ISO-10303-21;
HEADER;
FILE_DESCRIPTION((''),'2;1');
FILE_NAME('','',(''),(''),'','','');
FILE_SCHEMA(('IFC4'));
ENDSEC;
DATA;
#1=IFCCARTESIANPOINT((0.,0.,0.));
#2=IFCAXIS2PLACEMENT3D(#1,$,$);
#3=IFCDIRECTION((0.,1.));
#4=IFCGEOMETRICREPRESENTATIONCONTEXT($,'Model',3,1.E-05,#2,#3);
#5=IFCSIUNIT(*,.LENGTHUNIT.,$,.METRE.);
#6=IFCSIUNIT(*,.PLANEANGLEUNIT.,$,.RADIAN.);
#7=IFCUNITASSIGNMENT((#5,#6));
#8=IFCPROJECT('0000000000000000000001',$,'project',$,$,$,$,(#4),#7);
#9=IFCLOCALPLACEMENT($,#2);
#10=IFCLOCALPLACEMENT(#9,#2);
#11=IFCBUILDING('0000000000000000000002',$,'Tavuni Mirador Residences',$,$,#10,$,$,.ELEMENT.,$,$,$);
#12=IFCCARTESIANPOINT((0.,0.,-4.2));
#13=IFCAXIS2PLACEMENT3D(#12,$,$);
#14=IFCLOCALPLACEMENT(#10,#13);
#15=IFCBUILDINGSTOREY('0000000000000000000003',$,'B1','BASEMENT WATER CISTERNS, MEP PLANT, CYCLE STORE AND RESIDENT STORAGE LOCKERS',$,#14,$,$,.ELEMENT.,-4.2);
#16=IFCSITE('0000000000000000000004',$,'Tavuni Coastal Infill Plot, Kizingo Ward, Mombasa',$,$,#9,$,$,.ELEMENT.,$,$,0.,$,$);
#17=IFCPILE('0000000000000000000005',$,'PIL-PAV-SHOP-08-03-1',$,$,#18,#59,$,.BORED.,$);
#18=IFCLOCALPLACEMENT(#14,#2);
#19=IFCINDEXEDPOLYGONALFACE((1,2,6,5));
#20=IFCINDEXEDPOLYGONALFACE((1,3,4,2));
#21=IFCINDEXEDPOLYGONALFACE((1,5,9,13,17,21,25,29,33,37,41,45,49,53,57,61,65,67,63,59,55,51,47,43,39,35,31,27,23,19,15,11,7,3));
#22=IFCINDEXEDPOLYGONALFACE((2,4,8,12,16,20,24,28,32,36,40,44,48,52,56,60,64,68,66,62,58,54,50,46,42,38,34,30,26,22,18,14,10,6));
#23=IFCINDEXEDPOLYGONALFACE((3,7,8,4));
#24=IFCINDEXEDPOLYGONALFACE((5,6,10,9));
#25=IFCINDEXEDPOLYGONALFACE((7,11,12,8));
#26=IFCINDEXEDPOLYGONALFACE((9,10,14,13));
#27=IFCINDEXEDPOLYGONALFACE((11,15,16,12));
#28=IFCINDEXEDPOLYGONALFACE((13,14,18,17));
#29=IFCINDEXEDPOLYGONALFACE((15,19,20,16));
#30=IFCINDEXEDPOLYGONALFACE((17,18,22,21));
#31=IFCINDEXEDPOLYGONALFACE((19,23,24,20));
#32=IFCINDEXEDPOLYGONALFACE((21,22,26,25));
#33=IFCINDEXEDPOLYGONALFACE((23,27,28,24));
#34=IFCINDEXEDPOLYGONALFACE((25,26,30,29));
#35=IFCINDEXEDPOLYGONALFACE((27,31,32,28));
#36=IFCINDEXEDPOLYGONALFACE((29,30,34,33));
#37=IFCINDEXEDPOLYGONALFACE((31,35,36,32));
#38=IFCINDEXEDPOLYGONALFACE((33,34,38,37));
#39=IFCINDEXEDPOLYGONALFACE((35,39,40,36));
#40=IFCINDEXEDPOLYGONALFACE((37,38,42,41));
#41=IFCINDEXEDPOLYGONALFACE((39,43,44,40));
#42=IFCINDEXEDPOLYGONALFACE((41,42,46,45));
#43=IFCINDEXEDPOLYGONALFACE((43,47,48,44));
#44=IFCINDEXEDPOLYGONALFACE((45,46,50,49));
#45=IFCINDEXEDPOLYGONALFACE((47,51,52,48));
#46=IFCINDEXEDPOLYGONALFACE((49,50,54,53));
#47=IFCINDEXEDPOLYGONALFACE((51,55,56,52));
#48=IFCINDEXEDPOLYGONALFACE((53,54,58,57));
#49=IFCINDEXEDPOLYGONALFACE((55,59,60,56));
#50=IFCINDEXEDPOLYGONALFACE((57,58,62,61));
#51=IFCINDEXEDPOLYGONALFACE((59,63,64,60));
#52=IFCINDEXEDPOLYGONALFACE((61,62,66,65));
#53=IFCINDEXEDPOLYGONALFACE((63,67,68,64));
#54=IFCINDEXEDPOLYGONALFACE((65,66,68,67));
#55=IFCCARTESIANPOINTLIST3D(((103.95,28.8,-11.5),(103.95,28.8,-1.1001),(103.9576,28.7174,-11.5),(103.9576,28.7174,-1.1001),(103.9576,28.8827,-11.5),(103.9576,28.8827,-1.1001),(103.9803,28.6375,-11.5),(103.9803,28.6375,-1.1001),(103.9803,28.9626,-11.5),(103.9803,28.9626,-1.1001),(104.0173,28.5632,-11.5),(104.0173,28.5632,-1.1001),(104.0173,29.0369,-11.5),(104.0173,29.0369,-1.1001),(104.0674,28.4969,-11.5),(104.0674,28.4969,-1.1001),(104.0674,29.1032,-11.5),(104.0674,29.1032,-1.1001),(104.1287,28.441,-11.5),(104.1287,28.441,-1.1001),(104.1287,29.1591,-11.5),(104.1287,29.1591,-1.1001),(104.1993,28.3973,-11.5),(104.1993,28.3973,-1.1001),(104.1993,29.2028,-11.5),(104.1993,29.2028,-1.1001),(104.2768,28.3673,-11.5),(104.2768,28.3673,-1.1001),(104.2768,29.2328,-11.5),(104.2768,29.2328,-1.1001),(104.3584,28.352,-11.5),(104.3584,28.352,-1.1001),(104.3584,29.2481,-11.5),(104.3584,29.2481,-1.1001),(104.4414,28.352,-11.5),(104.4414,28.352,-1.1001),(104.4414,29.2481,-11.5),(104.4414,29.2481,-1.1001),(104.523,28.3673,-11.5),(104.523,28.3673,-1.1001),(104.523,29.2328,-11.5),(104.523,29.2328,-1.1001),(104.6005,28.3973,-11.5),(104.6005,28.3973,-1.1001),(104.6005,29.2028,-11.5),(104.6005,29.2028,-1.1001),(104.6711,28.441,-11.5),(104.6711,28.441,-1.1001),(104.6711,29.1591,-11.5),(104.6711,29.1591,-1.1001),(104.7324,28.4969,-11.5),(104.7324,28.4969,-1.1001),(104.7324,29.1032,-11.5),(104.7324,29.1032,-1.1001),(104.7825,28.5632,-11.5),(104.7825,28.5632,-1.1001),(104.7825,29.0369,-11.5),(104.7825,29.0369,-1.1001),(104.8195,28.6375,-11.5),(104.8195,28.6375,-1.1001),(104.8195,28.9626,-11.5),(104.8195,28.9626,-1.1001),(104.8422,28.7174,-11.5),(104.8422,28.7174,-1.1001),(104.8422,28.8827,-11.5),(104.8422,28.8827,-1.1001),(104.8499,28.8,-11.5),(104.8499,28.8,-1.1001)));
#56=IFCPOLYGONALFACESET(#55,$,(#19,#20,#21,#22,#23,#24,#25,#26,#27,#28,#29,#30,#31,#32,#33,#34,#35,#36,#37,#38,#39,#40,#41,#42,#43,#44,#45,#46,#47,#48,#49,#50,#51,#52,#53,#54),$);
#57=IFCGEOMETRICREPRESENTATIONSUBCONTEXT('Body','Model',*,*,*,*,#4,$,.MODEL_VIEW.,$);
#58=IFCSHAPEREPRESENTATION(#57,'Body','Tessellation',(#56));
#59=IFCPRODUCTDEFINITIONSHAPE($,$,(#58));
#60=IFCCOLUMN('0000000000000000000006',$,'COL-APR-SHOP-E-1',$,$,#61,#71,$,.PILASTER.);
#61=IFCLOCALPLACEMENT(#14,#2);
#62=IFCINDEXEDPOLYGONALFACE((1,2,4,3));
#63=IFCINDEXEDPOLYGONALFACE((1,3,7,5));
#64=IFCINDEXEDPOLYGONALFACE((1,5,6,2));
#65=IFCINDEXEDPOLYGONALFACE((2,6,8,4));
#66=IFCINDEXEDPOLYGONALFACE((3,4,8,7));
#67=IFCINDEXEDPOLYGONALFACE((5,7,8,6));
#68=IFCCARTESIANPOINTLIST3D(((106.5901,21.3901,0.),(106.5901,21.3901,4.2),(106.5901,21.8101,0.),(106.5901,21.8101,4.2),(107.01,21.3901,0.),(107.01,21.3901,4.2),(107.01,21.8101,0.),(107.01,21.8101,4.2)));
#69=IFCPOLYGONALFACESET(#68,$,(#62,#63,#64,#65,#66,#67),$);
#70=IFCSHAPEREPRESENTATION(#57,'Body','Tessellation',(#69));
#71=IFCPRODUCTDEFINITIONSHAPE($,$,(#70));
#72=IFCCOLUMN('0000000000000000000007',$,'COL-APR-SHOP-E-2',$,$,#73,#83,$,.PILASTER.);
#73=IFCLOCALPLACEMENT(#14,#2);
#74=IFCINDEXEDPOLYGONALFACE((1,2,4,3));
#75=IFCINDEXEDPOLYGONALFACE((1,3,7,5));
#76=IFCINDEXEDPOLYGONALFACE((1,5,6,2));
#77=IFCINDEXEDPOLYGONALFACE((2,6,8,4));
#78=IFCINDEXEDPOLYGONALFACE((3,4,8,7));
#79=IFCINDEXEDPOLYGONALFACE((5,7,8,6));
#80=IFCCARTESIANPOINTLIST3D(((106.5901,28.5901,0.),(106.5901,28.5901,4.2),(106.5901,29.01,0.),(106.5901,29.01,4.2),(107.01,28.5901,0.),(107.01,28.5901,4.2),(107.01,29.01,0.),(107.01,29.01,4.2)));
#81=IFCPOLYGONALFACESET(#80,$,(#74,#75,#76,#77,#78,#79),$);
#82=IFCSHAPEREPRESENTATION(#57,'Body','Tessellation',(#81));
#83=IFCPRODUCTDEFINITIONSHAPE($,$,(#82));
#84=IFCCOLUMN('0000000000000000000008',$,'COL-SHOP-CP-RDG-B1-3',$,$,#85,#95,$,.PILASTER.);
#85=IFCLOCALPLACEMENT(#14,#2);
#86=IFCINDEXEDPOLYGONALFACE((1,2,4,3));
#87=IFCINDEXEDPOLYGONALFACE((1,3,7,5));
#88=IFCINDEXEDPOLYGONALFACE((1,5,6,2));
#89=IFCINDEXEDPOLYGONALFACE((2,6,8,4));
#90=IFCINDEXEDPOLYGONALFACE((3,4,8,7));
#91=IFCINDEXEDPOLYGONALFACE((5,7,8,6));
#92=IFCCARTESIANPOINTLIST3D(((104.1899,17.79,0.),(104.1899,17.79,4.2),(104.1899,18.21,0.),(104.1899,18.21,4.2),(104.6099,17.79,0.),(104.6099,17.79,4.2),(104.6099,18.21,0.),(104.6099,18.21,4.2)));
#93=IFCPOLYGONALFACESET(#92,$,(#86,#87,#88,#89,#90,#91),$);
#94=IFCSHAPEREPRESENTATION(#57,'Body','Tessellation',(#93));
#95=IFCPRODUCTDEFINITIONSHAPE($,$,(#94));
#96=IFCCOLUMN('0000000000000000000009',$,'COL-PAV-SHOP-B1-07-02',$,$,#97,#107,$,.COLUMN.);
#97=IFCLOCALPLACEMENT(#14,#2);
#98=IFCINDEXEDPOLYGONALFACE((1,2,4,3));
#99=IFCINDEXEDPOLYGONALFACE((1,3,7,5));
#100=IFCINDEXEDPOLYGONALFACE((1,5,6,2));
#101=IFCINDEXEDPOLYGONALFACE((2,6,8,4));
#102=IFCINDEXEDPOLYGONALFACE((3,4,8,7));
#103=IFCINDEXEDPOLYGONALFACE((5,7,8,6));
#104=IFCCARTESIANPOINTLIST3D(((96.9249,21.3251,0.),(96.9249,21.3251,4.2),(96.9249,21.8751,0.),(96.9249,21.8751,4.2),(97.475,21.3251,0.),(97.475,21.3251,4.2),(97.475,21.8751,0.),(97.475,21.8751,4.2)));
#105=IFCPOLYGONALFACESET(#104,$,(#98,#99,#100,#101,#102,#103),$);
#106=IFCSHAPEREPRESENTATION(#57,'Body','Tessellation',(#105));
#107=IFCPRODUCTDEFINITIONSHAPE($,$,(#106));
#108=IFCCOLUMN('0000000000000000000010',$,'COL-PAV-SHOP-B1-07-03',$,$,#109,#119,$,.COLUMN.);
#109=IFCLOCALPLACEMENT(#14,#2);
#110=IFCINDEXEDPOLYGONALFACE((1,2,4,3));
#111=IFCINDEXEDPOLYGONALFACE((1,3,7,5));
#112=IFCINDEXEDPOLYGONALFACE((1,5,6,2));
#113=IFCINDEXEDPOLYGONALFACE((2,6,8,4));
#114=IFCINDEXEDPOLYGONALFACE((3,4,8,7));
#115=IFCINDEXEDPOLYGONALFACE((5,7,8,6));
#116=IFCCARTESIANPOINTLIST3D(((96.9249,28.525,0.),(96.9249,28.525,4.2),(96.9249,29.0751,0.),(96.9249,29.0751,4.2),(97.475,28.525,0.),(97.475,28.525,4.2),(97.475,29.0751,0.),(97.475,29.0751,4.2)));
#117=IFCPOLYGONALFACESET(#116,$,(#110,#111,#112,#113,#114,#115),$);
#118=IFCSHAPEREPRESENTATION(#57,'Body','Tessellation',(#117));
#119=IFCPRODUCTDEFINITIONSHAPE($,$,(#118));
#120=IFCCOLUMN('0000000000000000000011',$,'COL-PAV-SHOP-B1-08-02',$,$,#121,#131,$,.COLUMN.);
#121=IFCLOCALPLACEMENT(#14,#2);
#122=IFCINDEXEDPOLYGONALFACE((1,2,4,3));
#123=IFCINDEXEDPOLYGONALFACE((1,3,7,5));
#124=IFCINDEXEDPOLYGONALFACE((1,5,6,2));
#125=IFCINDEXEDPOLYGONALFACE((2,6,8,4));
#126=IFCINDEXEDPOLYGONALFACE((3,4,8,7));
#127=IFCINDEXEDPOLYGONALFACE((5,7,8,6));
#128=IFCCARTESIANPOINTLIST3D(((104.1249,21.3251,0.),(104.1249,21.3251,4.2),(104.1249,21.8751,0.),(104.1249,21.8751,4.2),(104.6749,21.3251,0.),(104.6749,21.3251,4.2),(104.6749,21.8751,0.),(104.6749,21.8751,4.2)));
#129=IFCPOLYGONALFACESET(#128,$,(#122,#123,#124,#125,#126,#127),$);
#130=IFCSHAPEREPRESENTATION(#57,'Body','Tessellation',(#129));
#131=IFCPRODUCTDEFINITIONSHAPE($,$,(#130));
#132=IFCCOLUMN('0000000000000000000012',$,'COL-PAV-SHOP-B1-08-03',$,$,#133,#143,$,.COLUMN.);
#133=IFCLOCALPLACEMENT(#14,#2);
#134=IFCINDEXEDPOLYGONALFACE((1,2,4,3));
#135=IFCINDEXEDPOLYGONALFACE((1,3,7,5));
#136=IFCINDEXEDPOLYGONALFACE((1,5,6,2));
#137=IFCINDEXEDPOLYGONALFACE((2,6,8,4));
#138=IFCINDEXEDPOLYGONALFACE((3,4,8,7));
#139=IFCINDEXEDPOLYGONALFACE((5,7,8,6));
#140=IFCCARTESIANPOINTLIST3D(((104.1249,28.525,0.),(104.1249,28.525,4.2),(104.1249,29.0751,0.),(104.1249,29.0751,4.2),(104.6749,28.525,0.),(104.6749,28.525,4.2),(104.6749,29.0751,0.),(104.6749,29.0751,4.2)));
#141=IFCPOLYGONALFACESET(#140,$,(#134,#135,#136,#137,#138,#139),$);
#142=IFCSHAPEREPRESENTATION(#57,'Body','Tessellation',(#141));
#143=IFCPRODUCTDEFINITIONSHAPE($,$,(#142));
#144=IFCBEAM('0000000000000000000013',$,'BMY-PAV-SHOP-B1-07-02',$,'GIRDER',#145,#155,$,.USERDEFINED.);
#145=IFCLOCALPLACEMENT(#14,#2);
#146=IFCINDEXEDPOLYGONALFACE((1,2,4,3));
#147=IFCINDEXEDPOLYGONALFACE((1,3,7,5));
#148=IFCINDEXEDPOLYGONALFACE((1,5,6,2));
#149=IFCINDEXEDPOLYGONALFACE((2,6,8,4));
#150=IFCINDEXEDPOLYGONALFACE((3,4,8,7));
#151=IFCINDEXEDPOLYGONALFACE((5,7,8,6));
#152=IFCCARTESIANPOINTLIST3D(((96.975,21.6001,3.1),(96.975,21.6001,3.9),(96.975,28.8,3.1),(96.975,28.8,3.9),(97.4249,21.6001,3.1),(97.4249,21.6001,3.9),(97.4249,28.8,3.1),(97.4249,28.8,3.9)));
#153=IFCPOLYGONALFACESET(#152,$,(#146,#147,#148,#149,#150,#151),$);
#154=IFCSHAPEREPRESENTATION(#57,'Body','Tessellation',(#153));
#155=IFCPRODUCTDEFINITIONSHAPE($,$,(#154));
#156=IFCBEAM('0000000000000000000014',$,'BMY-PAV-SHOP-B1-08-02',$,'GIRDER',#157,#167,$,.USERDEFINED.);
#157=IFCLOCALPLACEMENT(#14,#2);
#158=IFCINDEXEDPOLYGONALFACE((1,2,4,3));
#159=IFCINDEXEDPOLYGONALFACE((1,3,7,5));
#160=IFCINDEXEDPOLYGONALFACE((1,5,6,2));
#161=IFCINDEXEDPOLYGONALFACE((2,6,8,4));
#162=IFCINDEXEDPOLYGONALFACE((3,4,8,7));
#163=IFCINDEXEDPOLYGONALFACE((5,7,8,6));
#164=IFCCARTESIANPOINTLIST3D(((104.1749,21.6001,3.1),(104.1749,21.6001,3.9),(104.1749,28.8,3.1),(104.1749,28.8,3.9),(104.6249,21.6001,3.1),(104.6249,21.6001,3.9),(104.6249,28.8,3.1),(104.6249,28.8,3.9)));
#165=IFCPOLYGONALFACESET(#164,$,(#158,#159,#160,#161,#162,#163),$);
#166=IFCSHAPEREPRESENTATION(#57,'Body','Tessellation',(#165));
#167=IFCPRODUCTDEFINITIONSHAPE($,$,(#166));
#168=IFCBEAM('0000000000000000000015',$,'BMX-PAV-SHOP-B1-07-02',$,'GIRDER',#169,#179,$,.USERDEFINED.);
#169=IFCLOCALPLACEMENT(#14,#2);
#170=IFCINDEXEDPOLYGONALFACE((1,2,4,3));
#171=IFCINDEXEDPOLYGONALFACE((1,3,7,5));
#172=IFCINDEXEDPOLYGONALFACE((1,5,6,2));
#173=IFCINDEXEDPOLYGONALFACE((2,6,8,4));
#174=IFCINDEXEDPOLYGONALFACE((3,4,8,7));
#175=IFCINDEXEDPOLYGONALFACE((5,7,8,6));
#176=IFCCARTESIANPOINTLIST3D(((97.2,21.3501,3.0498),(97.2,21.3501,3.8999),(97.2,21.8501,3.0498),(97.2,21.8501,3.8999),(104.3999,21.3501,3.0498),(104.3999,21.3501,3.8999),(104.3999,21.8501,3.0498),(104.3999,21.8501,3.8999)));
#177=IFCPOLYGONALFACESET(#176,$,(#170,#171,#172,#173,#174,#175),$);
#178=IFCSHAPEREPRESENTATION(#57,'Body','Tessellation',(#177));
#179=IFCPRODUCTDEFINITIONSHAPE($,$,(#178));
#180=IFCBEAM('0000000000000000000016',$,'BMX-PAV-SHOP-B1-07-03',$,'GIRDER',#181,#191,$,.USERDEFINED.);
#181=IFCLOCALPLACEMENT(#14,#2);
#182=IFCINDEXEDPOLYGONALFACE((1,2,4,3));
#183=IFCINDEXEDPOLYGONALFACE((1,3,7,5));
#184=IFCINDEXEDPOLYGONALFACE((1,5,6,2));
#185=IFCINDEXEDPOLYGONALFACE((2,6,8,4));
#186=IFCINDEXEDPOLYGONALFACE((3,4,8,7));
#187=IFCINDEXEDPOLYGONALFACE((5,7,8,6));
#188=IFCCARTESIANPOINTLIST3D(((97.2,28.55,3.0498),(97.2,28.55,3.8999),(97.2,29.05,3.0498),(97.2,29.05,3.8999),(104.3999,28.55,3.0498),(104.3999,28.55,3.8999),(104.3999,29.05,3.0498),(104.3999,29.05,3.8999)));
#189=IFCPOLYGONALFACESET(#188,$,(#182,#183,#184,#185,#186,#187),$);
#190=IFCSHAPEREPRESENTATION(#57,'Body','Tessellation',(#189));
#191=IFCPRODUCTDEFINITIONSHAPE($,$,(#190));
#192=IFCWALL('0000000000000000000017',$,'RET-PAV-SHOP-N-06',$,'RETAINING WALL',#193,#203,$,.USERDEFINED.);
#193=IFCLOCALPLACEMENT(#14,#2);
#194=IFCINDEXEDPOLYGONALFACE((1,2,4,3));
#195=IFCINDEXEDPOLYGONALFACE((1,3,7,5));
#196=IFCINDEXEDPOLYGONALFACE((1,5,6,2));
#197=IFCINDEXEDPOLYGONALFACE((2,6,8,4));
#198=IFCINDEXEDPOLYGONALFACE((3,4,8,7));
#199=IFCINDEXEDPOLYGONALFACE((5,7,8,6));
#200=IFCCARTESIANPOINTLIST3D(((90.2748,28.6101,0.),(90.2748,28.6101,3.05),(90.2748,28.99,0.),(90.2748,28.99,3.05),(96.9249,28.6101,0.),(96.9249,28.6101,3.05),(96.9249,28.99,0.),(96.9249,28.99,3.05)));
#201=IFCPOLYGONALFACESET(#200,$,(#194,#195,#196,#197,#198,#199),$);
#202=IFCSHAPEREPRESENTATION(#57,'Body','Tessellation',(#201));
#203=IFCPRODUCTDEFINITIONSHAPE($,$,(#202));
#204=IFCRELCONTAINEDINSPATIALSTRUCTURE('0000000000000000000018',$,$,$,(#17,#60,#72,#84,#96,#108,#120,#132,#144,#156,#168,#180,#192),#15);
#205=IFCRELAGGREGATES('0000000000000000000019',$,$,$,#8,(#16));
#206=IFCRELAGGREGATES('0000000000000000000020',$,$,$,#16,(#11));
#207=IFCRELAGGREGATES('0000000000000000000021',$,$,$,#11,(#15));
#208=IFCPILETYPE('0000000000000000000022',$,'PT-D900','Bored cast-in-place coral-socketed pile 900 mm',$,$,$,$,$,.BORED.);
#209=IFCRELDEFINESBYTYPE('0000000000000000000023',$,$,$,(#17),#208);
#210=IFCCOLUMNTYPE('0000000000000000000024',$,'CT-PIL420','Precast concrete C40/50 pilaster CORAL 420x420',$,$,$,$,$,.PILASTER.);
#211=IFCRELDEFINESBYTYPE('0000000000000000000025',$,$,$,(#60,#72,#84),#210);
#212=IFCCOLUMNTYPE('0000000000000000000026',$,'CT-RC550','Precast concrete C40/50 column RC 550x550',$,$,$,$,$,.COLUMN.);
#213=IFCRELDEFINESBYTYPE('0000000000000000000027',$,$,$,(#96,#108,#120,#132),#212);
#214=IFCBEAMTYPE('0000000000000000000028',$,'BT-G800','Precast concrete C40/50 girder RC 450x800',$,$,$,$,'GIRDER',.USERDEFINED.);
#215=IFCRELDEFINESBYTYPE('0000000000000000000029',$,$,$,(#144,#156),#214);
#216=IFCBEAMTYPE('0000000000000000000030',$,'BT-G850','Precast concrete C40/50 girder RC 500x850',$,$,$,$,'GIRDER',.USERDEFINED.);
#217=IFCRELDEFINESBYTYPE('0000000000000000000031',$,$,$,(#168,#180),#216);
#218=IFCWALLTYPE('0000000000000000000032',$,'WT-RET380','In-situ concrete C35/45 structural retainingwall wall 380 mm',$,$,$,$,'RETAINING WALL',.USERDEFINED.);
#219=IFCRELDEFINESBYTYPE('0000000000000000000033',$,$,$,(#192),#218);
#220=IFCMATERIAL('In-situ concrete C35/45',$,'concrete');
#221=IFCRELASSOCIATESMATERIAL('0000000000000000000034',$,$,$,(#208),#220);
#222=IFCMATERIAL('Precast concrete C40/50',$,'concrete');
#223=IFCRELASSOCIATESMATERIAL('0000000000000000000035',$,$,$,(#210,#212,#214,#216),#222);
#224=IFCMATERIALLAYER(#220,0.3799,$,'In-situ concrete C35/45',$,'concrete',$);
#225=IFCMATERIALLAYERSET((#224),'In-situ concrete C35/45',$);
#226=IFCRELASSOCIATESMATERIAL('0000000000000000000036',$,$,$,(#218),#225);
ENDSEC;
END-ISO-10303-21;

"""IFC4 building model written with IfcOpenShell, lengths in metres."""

from ifc_helpers import new_model, si_unit, direction, frame, frame_2d, origin, origin_2d, place, context, subcontext, project, spatial, rectangle, circle, extrude, material, layer, layer_set, material_profile, profile_set, type_object, element, save


model = new_model("IFC4")

# Units and contexts
model_context = context("Model", 3, precision=1e-05, world=origin(), true_north=direction((0.0, 1.0)))
body_context = subcontext(model_context, "Body", "Model", "MODEL_VIEW")
ifc_project = project(units=[si_unit("LENGTHUNIT", "METRE"), si_unit("PLANEANGLEUNIT", "RADIAN")], contexts=[model_context])

# Site, building, storey
site_placement = place(None, origin())
site = spatial("IfcSite", under=ifc_project, at=site_placement, Name="Tavuni Coastal Infill Plot, Kizingo Ward, Mombasa", CompositionType="ELEMENT", RefElevation=0.0)
building_placement = place(site_placement, origin())
building = spatial("IfcBuilding", under=site, at=building_placement, Name="Tavuni Mirador Residences", CompositionType="ELEMENT")
storey_placement = place(building_placement, frame((0.0, 0.0, -4.2)))
storey = spatial("IfcBuildingStorey", under=building, at=storey_placement, Name="B1", Description="BASEMENT WATER CISTERNS, MEP PLANT, CYCLE STORE AND RESIDENT STORAGE LOCKERS", CompositionType="ELEMENT", Elevation=-4.2)

# Shared definitions
ifc_material_1 = material(Name="In-situ concrete C35/45", Category="concrete")

# Pile
ifc_material_profile_1 = material_profile(ifc_material_1, circle(Radius=0.45, at=origin_2d()), Name="PILE D900", Category="concrete")
ifc_profile_set_1 = profile_set([ifc_material_profile_1], Name="In-situ concrete C35/45")
pile_type_1 = type_object("IfcPileType", Name="PT-D900", Description="Bored cast-in-place coral-socketed pile 900 mm", PredefinedType="BORED", material=ifc_profile_set_1)
pile_1_placement = place(storey_placement, frame((104.3999, 28.8, -1.1001), z_axis=(0.0, 0.0, -1.0), x_axis=(1.0, 0.0, 0.0)))
element("IfcPile", 1, at=pile_1_placement, inside=storey, type_object=pile_type_1, Name="PIL-PAV-SHOP-08-03-1", PredefinedType="BORED", context=body_context, shape_type="SweptSolid", body=[
    extrude(circle(Radius=0.45, at=origin_2d()), origin(), (0.0, 0.0, 1.0), 10.3999),
])

# Columns
ifc_material_2 = material(Name="Precast concrete C40/50", Category="concrete")
ifc_material_profile_2 = material_profile(ifc_material_2, rectangle(XDim=0.4199, YDim=0.4199, at=origin_2d()), Name="CORAL 420x420", Category="concrete")
ifc_profile_set_2 = profile_set([ifc_material_profile_2], Name="Precast concrete C40/50")
column_type_1 = type_object("IfcColumnType", Name="CT-PIL420", Description="Precast concrete C40/50 pilaster CORAL 420x420", PredefinedType="PILASTER", material=ifc_profile_set_2)
for number, where, z_axis, x_axis, name in (
    (2, (106.8, 21.6001, 0.0), (0.0, 0.0, 1.0), (1.0, 0.0, 0.0), "COL-APR-SHOP-E-1"),
    (3, (106.8, 28.8, 0.0), (0.0, 0.0, 1.0), (1.0, 0.0, 0.0), "COL-APR-SHOP-E-2"),
    (4, (104.3999, 18.0, 0.0), (0.0, 0.0, 1.0), (1.0, 0.0, 0.0), "COL-SHOP-CP-RDG-B1-3"),
):
    element("IfcColumn", number, at=place(storey_placement, frame(where, z_axis=z_axis, x_axis=x_axis)), inside=storey, type_object=column_type_1, Name=name, PredefinedType="PILASTER", context=body_context, shape_type="SweptSolid", body=[
        extrude(rectangle(XDim=0.4199, YDim=0.4199, at=origin_2d()), origin(), (0.0, 0.0, 1.0), 4.2),
    ])
ifc_material_profile_3 = material_profile(ifc_material_2, rectangle(XDim=0.55, YDim=0.55, at=origin_2d()), Name="RC 550x550", Category="concrete")
ifc_profile_set_3 = profile_set([ifc_material_profile_3], Name="Precast concrete C40/50")
column_type_2 = type_object("IfcColumnType", Name="CT-RC550", Description="Precast concrete C40/50 column RC 550x550", PredefinedType="COLUMN", material=ifc_profile_set_3)
for number, where, z_axis, x_axis, name in (
    (5, (97.2, 21.6001, 0.0), (0.0, 0.0, 1.0), (1.0, 0.0, 0.0), "COL-PAV-SHOP-B1-07-02"),
    (6, (97.2, 28.8, 0.0), (0.0, 0.0, 1.0), (1.0, 0.0, 0.0), "COL-PAV-SHOP-B1-07-03"),
    (7, (104.3999, 21.6001, 0.0), (0.0, 0.0, 1.0), (1.0, 0.0, 0.0), "COL-PAV-SHOP-B1-08-02"),
    (8, (104.3999, 28.8, 0.0), (0.0, 0.0, 1.0), (1.0, 0.0, 0.0), "COL-PAV-SHOP-B1-08-03"),
):
    element("IfcColumn", number, at=place(storey_placement, frame(where, z_axis=z_axis, x_axis=x_axis)), inside=storey, type_object=column_type_2, Name=name, PredefinedType="COLUMN", context=body_context, shape_type="SweptSolid", body=[
        extrude(rectangle(XDim=0.55, YDim=0.55, at=origin_2d()), origin(), (0.0, 0.0, 1.0), 4.2),
    ])

# Beams
ifc_material_profile_4 = material_profile(ifc_material_2, rectangle(XDim=0.45, YDim=0.8, at=origin_2d()), Name="RC 450x800", Category="concrete")
ifc_profile_set_4 = profile_set([ifc_material_profile_4], Name="Precast concrete C40/50")
beam_type_1 = type_object("IfcBeamType", Name="BT-G800", Description="Precast concrete C40/50 girder RC 450x800", ElementType="GIRDER", PredefinedType="USERDEFINED", material=ifc_profile_set_4)
for number, where, z_axis, x_axis, name in (
    (9, (97.2, 21.6001, 3.5), (0.0, 1.0, 0.0), (-1.0, 0.0, 0.0), "BMY-PAV-SHOP-B1-07-02"),
    (10, (104.3999, 21.6001, 3.5), (0.0, 1.0, 0.0), (-1.0, 0.0, 0.0), "BMY-PAV-SHOP-B1-08-02"),
):
    element("IfcBeam", number, at=place(storey_placement, frame(where, z_axis=z_axis, x_axis=x_axis)), inside=storey, type_object=beam_type_1, Name=name, ObjectType="GIRDER", PredefinedType="USERDEFINED", context=body_context, shape_type="SweptSolid", body=[
        extrude(rectangle(XDim=0.45, YDim=0.8, at=origin_2d()), origin(), (0.0, 0.0, 1.0), 7.2),
    ])
ifc_material_profile_5 = material_profile(ifc_material_2, rectangle(XDim=0.5, YDim=0.8501, at=origin_2d()), Name="RC 500x850", Category="concrete")
ifc_profile_set_5 = profile_set([ifc_material_profile_5], Name="Precast concrete C40/50")
beam_type_2 = type_object("IfcBeamType", Name="BT-G850", Description="Precast concrete C40/50 girder RC 500x850", ElementType="GIRDER", PredefinedType="USERDEFINED", material=ifc_profile_set_5)
for number, where, z_axis, x_axis, name in (
    (11, (97.2, 21.6001, 3.4749), (1.0, 0.0, 0.0), (0.0, 1.0, 0.0), "BMX-PAV-SHOP-B1-07-02"),
    (12, (97.2, 28.8, 3.4749), (1.0, 0.0, 0.0), (0.0, 1.0, 0.0), "BMX-PAV-SHOP-B1-07-03"),
):
    element("IfcBeam", number, at=place(storey_placement, frame(where, z_axis=z_axis, x_axis=x_axis)), inside=storey, type_object=beam_type_2, Name=name, ObjectType="GIRDER", PredefinedType="USERDEFINED", context=body_context, shape_type="SweptSolid", body=[
        extrude(rectangle(XDim=0.5, YDim=0.8501, at=origin_2d()), origin(), (0.0, 0.0, 1.0), 7.2),
    ])

# Wall
ifc_layer_1 = layer(ifc_material_1, 0.3799, Name="In-situ concrete C35/45", Category="concrete")
ifc_layer_set_1 = layer_set([ifc_layer_1], Name="In-situ concrete C35/45")
wall_type_1 = type_object("IfcWallType", Name="WT-RET380", Description="In-situ concrete C35/45 structural retainingwall wall 380 mm", ElementType="RETAINING WALL", PredefinedType="USERDEFINED", material=ifc_layer_set_1)
wall_1_placement = place(storey_placement, frame((96.925, 28.8, 0.0), z_axis=(0.0, 0.0, 1.0), x_axis=(-1.0, 0.0, 0.0)))
element("IfcWall", 13, at=wall_1_placement, inside=storey, type_object=wall_type_1, Name="RET-PAV-SHOP-N-06", ObjectType="RETAINING WALL", PredefinedType="USERDEFINED", context=body_context, shape_type="SweptSolid", body=[
    extrude(rectangle(XDim=6.6501, YDim=0.3799, at=frame_2d((3.3252, 0.0))), origin(), (0.0, 0.0, 1.0), 3.05),
])

save(model, "model.ifc")
